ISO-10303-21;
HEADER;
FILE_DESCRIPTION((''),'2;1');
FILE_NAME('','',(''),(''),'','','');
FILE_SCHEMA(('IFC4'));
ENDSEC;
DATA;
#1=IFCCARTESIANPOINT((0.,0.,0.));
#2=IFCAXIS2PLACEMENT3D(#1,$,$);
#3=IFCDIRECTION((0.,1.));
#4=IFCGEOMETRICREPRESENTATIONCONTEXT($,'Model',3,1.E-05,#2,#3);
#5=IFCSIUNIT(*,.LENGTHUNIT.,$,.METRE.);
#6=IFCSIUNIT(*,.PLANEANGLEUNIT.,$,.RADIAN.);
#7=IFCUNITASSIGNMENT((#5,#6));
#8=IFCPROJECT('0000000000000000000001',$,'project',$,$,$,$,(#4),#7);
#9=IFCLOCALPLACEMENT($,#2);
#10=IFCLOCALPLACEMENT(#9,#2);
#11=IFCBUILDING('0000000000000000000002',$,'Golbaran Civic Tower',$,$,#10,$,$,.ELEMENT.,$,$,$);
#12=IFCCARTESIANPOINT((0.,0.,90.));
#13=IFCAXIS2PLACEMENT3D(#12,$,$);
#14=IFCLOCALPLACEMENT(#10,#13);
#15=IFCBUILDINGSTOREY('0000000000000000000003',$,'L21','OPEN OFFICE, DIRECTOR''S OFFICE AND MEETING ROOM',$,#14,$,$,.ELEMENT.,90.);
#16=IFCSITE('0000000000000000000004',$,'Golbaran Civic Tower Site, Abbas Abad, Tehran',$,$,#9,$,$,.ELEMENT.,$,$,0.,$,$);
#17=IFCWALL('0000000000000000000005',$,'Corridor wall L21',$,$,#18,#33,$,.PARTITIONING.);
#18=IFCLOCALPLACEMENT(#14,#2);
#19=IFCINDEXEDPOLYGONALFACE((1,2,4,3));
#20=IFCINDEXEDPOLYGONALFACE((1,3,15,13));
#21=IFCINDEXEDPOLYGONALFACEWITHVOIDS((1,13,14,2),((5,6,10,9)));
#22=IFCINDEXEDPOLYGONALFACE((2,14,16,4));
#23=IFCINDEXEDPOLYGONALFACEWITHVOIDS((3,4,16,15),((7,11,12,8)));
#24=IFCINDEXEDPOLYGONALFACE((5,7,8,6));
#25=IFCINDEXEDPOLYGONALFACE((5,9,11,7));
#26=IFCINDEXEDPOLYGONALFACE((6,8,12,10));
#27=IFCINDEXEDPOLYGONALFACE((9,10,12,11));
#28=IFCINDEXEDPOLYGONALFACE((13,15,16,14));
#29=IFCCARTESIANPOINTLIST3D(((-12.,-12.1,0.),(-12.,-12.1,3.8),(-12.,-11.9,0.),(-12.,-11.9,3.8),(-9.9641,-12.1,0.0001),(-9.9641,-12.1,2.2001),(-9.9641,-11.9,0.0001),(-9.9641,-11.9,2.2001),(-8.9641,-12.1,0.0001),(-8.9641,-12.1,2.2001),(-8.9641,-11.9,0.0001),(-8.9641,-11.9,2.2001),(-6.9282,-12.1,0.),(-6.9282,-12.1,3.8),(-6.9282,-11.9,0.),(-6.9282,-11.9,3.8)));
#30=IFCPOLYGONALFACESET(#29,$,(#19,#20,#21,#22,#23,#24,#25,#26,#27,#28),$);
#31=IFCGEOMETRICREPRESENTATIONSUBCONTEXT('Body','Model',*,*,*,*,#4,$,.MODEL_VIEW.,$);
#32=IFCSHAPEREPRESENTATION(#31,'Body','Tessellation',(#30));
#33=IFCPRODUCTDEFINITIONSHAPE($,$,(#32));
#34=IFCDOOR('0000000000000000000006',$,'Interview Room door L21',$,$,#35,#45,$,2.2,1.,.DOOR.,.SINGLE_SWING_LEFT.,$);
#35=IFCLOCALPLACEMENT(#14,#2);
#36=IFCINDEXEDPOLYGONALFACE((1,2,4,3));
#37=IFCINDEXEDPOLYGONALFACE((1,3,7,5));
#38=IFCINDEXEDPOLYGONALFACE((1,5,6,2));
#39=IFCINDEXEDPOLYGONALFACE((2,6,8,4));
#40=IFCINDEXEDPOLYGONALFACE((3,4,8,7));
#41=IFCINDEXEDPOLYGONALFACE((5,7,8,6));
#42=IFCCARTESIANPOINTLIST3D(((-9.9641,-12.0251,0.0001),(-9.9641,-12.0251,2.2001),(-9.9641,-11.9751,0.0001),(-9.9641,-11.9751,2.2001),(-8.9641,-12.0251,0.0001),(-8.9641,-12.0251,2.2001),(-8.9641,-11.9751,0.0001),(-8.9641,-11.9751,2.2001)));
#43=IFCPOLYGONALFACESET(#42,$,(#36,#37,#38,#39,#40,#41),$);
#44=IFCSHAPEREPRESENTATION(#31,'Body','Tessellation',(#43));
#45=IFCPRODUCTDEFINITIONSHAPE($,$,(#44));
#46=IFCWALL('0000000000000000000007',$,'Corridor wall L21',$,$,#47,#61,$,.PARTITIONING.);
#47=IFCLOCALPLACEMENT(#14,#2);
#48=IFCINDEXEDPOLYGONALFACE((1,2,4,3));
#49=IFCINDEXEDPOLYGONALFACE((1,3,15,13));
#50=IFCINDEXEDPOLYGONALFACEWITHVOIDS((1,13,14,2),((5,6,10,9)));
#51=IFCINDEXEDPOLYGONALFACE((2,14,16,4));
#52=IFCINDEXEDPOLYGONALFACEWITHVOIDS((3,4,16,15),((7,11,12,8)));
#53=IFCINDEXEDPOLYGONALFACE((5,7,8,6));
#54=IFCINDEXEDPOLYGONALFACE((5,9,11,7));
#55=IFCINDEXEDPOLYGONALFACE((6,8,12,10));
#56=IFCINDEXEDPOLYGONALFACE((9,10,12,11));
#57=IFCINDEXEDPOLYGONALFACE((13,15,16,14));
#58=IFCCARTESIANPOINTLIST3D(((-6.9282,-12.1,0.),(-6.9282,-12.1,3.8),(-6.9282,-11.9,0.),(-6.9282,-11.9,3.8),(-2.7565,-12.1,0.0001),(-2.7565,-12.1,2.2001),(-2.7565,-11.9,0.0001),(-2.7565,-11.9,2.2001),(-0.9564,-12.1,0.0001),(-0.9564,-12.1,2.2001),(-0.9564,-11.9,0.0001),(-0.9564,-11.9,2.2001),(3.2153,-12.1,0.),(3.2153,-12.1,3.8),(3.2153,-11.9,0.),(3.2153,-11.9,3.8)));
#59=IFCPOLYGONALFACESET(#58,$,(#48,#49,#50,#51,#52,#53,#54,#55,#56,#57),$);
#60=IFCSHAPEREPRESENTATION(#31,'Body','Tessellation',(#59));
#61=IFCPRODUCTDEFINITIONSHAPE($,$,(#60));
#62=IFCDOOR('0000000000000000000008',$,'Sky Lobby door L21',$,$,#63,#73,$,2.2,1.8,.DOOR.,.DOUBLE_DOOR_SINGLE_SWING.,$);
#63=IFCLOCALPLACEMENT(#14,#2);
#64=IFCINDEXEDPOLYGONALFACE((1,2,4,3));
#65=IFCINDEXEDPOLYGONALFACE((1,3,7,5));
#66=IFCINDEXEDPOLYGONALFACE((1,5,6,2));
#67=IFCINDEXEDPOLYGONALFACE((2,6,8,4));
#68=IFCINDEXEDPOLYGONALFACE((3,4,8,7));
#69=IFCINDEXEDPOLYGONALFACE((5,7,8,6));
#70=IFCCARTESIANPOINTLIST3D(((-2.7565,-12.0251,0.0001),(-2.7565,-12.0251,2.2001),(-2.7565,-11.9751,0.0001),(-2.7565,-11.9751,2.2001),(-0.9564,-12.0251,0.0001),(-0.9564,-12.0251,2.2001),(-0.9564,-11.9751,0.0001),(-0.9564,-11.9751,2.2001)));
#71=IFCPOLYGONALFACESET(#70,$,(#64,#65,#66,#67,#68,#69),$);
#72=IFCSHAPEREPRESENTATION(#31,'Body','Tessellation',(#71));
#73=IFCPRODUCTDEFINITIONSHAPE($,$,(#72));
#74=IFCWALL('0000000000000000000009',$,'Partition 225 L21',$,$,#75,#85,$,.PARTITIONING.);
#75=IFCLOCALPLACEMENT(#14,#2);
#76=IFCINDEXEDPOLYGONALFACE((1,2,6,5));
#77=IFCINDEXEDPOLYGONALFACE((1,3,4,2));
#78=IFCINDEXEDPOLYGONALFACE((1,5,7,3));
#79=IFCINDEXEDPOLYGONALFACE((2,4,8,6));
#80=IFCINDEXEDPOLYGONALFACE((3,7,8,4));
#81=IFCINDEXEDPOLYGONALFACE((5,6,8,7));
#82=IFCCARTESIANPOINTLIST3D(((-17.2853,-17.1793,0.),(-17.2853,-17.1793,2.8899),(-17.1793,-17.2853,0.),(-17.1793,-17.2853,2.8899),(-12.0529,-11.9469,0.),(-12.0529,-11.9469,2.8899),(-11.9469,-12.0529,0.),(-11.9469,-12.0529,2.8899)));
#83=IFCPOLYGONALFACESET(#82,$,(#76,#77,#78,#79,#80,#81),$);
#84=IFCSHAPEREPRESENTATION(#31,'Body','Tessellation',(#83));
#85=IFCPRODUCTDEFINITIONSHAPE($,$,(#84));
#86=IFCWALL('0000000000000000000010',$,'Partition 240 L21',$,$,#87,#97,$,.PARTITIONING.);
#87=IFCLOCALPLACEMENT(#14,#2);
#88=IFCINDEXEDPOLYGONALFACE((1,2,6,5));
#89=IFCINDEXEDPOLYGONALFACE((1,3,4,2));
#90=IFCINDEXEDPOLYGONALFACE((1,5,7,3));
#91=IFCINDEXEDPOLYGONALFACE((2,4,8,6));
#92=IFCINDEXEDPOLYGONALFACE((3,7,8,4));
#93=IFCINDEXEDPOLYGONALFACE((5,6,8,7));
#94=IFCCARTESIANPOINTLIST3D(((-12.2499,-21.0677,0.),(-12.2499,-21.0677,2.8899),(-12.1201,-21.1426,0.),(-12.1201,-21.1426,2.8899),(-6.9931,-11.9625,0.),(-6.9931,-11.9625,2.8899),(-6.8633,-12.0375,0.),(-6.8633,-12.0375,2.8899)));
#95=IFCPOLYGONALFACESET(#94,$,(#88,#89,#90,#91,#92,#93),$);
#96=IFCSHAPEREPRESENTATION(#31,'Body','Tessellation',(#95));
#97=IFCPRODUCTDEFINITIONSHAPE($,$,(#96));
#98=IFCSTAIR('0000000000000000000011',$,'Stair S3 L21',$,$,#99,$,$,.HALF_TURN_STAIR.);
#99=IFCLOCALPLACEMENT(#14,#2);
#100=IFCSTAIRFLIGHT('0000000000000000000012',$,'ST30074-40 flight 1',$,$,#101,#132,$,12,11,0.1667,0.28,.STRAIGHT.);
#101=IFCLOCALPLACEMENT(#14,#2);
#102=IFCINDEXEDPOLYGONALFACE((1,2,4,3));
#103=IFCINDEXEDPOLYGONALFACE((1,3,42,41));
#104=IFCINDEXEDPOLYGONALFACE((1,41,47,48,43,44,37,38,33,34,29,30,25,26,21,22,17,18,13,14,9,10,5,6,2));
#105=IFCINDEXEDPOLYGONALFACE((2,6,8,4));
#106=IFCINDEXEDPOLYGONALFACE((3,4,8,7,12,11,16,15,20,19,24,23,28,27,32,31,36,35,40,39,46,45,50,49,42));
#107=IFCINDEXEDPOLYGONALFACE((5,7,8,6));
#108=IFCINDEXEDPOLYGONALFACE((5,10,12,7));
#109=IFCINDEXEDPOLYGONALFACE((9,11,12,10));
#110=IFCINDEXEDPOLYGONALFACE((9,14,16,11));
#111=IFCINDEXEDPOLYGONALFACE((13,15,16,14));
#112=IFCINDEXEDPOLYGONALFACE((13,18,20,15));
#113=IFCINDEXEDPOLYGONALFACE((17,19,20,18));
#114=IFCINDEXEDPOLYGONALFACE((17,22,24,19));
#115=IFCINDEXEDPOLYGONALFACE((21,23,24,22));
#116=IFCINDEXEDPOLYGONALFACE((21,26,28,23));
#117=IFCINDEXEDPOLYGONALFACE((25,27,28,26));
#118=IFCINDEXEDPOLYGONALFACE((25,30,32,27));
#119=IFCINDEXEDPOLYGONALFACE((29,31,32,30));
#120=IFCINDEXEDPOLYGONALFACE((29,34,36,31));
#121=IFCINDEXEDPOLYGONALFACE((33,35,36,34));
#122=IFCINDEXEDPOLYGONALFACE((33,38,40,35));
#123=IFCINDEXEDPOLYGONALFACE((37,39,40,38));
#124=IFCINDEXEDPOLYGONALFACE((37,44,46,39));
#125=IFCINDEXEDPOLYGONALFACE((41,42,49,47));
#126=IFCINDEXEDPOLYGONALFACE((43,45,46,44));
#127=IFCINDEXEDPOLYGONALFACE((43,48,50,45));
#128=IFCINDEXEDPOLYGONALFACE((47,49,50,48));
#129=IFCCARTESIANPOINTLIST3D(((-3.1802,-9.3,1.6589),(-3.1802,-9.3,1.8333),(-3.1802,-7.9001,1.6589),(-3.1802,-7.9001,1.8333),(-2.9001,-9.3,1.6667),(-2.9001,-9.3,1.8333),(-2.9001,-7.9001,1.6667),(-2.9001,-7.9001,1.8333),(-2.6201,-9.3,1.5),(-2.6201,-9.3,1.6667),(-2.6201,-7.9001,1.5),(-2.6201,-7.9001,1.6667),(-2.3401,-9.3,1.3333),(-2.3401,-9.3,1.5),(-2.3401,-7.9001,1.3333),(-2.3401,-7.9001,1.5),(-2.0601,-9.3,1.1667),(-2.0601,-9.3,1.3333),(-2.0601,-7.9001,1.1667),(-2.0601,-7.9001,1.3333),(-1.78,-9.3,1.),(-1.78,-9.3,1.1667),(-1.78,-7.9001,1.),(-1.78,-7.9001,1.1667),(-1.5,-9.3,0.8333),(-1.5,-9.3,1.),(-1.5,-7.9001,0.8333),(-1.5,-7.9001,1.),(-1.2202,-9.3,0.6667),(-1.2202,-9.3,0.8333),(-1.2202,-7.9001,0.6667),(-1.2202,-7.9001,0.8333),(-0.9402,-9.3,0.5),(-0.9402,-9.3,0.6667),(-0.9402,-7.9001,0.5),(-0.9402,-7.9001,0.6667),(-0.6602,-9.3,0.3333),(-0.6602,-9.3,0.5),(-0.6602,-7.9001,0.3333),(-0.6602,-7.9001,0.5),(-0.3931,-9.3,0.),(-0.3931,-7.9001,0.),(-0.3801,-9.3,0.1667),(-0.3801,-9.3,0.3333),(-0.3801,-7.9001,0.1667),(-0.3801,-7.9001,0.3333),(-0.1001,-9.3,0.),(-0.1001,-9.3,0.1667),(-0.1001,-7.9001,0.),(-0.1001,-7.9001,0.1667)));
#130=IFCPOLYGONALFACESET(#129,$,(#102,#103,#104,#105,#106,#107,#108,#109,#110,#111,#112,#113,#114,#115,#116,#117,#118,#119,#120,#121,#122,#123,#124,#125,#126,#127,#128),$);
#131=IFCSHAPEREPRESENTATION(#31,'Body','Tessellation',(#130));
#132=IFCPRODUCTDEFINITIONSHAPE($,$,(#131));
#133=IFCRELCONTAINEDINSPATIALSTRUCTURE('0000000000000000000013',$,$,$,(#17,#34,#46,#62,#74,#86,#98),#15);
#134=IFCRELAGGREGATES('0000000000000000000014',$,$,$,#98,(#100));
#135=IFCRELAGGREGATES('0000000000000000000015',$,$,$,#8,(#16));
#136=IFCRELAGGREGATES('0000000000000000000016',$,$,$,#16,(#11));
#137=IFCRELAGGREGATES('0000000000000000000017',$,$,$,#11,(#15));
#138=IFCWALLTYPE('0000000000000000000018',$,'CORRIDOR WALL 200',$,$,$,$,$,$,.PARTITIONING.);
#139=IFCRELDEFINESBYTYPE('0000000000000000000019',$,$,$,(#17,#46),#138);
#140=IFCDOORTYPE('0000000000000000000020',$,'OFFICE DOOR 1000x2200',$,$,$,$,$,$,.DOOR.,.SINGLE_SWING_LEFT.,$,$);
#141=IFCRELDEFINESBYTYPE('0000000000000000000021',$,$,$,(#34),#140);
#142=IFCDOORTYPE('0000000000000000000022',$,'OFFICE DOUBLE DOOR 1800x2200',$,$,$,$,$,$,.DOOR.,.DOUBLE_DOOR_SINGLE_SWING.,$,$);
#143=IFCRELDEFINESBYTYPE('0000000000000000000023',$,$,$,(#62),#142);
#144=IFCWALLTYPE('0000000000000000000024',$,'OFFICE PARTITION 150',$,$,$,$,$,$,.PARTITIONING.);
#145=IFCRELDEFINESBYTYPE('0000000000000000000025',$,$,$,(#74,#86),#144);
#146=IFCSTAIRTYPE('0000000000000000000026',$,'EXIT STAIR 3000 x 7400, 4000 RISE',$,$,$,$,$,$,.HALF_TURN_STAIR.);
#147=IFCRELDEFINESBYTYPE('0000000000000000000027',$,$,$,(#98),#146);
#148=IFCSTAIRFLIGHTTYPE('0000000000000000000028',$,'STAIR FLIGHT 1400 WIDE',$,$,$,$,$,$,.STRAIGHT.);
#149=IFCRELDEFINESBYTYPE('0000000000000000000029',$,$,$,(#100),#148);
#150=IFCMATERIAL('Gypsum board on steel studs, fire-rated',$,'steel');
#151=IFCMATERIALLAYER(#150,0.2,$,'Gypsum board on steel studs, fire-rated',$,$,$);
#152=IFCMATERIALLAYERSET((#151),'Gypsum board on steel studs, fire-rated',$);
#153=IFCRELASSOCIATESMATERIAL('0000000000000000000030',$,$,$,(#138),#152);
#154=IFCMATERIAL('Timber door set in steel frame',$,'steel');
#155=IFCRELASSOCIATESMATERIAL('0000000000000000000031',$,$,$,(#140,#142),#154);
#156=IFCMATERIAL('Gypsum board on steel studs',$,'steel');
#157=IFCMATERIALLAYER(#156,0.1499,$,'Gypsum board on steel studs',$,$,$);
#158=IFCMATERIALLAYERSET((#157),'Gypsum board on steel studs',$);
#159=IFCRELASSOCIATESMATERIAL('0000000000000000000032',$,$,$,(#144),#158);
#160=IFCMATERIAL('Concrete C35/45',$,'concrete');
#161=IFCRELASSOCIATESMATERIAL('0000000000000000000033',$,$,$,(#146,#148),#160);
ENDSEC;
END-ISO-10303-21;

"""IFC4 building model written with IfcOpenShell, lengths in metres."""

from ifc_helpers import new_model, si_unit, direction, frame, frame_2d, origin, place, context, subcontext, project, spatial, polyline, rectangle, outline, extrude, material, layer, layer_set, type_object, element, fill, aggregate, save


model = new_model("IFC4")

# Units and contexts
model_context = context("Model", 3, precision=1e-05, world=origin(), true_north=direction((0.0, 1.0)))
body_context = subcontext(model_context, "Body", "Model", "MODEL_VIEW")
ifc_project = project(units=[si_unit("LENGTHUNIT", "METRE"), si_unit("PLANEANGLEUNIT", "RADIAN")], contexts=[model_context])

# Site, building, storey
site_placement = place(None, origin())
site = spatial("IfcSite", under=ifc_project, at=site_placement, Name="Golbaran Civic Tower Site, Abbas Abad, Tehran", CompositionType="ELEMENT", RefElevation=0.0)
building_placement = place(site_placement, origin())
building = spatial("IfcBuilding", under=site, at=building_placement, Name="Golbaran Civic Tower", CompositionType="ELEMENT")
storey_placement = place(building_placement, frame((0.0, 0.0, 90.0)))
storey = spatial("IfcBuildingStorey", under=building, at=storey_placement, Name="L21", Description="OPEN OFFICE, DIRECTOR'S OFFICE AND MEETING ROOM", CompositionType="ELEMENT", Elevation=90.0)

# Walls, openings, doors
ifc_material_1 = material(Name="Timber door set in steel frame", Category="steel")
ifc_material_2 = material(Name="Gypsum board on steel studs, fire-rated", Category="steel")
ifc_layer_1 = layer(ifc_material_2, 0.2, Name="Gypsum board on steel studs, fire-rated")
ifc_layer_set_1 = layer_set([ifc_layer_1], Name="Gypsum board on steel studs, fire-rated")
wall_type_1 = type_object("IfcWallType", Name="CORRIDOR WALL 200", PredefinedType="PARTITIONING", material=ifc_layer_set_1)
wall_1_placement = place(storey_placement, frame((-12.0, -12.0, 0.0), z_axis=(0.0, 0.0, 1.0), x_axis=(1.0, 0.0, 0.0)))
wall_1 = element("IfcWall", 1, at=wall_1_placement, inside=storey, type_object=wall_type_1, Name="Corridor wall L21", PredefinedType="PARTITIONING", context=body_context, shape_type="SweptSolid", body=[
    extrude(rectangle(XDim=5.0718, YDim=0.2, at=frame_2d((2.5359, 0.0))), origin(), (0.0, 0.0, 1.0), 3.8),
])
opening_1_placement = place(wall_1_placement, frame((2.0359, 0.0, 0.0)))
opening_1 = element("IfcOpeningElement", 2, at=opening_1_placement, cuts=wall_1, PredefinedType="OPENING", context=body_context, shape_type="SweptSolid", body=[
    extrude(rectangle(XDim=1.0, YDim=2.2, at=frame_2d((0.5, 1.1001))), frame((0.0, 0.1099, 0.0), z_axis=(0.0, -1.0, 0.0), x_axis=(1.0, 0.0, 0.0)), (0.0, 0.0, 1.0), 0.22),
])
door_type_1 = type_object("IfcDoorType", Name="OFFICE DOOR 1000x2200", OperationType="SINGLE_SWING_LEFT", PredefinedType="DOOR", material=ifc_material_1)
door_1_placement = place(opening_1_placement, origin())
door_1 = element("IfcDoor", 3, at=door_1_placement, inside=storey, type_object=door_type_1, Name="Interview Room door L21", OperationType="SINGLE_SWING_LEFT", OverallHeight=2.2, OverallWidth=1.0, PredefinedType="DOOR", context=body_context, shape_type="SweptSolid", body=[
    extrude(rectangle(XDim=1.0, YDim=2.2, at=frame_2d((0.5, 1.1001))), frame((0.0, 0.0249, 0.0), z_axis=(0.0, -1.0, 0.0), x_axis=(1.0, 0.0, 0.0)), (0.0, 0.0, 1.0), 0.05),
])
fill(opening_1, door_1)
wall_2_placement = place(storey_placement, frame((-6.9282, -12.0, 0.0), z_axis=(0.0, 0.0, 1.0), x_axis=(1.0, 0.0, 0.0)))
wall_2 = element("IfcWall", 4, at=wall_2_placement, inside=storey, type_object=wall_type_1, Name="Corridor wall L21", PredefinedType="PARTITIONING", context=body_context, shape_type="SweptSolid", body=[
    extrude(rectangle(XDim=10.1436, YDim=0.2, at=frame_2d((5.0718, 0.0))), origin(), (0.0, 0.0, 1.0), 3.8),
])
opening_2_placement = place(wall_2_placement, frame((4.1719, 0.0, 0.0)))
opening_2 = element("IfcOpeningElement", 5, at=opening_2_placement, cuts=wall_2, PredefinedType="OPENING", context=body_context, shape_type="SweptSolid", body=[
    extrude(rectangle(XDim=1.8, YDim=2.2, at=frame_2d((0.8999, 1.1001))), frame((0.0, 0.1099, 0.0), z_axis=(0.0, -1.0, 0.0), x_axis=(1.0, 0.0, 0.0)), (0.0, 0.0, 1.0), 0.22),
])
door_type_2 = type_object("IfcDoorType", Name="OFFICE DOUBLE DOOR 1800x2200", OperationType="DOUBLE_DOOR_SINGLE_SWING", PredefinedType="DOOR", material=ifc_material_1)
door_2_placement = place(opening_2_placement, origin())
door_2 = element("IfcDoor", 6, at=door_2_placement, inside=storey, type_object=door_type_2, Name="Sky Lobby door L21", OperationType="DOUBLE_DOOR_SINGLE_SWING", OverallHeight=2.2, OverallWidth=1.8, PredefinedType="DOOR", context=body_context, shape_type="SweptSolid", body=[
    extrude(rectangle(XDim=1.8, YDim=2.2, at=frame_2d((0.8999, 1.1001))), frame((0.0, 0.0249, 0.0), z_axis=(0.0, -1.0, 0.0), x_axis=(1.0, 0.0, 0.0)), (0.0, 0.0, 1.0), 0.05),
])
fill(opening_2, door_2)

# Walls
ifc_material_3 = material(Name="Gypsum board on steel studs", Category="steel")
ifc_layer_2 = layer(ifc_material_3, 0.1499, Name="Gypsum board on steel studs")
ifc_layer_set_2 = layer_set([ifc_layer_2], Name="Gypsum board on steel studs")
wall_type_2 = type_object("IfcWallType", Name="OFFICE PARTITION 150", PredefinedType="PARTITIONING", material=ifc_layer_set_2)
wall_3_placement = place(storey_placement, frame((-12.0, -12.0, 0.0), z_axis=(0.0, 0.0, 1.0), x_axis=(-0.707107, -0.707107, 0.0)))
element("IfcWall", 7, at=wall_3_placement, inside=storey, type_object=wall_type_2, Name="Partition 225 L21", PredefinedType="PARTITIONING", context=body_context, shape_type="SweptSolid", body=[
    extrude(rectangle(XDim=7.3997, YDim=0.1499, at=frame_2d((3.6997, 0.0))), origin(), (0.0, 0.0, 1.0), 2.8899),
])
wall_4_placement = place(storey_placement, frame((-6.9282, -12.0, 0.0), z_axis=(0.0, 0.0, 1.0), x_axis=(-0.499995, -0.866028, 0.0)))
element("IfcWall", 8, at=wall_4_placement, inside=storey, type_object=wall_type_2, Name="Partition 240 L21", PredefinedType="PARTITIONING", context=body_context, shape_type="SweptSolid", body=[
    extrude(rectangle(XDim=10.5137, YDim=0.1499, at=frame_2d((5.2568, 0.0))), origin(), (0.0, 0.0, 1.0), 2.8899),
])

# Stair, stair flight
ifc_material_4 = material(Name="Concrete C35/45", Category="concrete")
stair_type = type_object("IfcStairType", Name="EXIT STAIR 3000 x 7400, 4000 RISE", PredefinedType="HALF_TURN_STAIR", material=ifc_material_4)
stair_placement = place(storey_placement, origin())
stair = element("IfcStair", 9, at=stair_placement, inside=storey, type_object=stair_type, Name="Stair S3 L21", PredefinedType="HALF_TURN_STAIR")
stair_flight_type = type_object("IfcStairFlightType", Name="STAIR FLIGHT 1400 WIDE", PredefinedType="STRAIGHT", material=ifc_material_4)
stair_flight_placement = place(storey_placement, frame((-0.1001, -8.6001, 0.0), z_axis=(0.0, 0.0, 1.0), x_axis=(-1.0, 0.0, 0.0)))
stair_flight = element("IfcStairFlight", 10, at=stair_flight_placement, type_object=stair_flight_type, Name="ST30074-40 flight 1", NumberOfRisers=12, NumberOfTreads=11, PredefinedType="STRAIGHT", RiserHeight=0.1667, TreadLength=0.28, context=body_context, shape_type="SweptSolid", body=[
    extrude(outline(polyline([(0.0, 0.0), (0.0, 0.1667), (0.28, 0.1667), (0.28, 0.3333), (0.5601, 0.3333), (0.5601, 0.5), (0.8401, 0.5), (0.8401, 0.6667), (1.1201, 0.6667), (1.1201, 0.8333), (1.3999, 0.8333), (1.3999, 1.0), (1.6799, 1.0), (1.6799, 1.1667), (1.96, 1.1667), (1.96, 1.3333), (2.24, 1.3333), (2.24, 1.5), (2.52, 1.5), (2.52, 1.6667), (2.8, 1.6667), (2.8, 1.8333), (3.0801, 1.8333), (3.0801, 2.0), (3.0801, 1.6589), (0.293, 0.0), (0.0, 0.0)])), frame((0.0, 0.7, 0.0), z_axis=(0.0, -1.0, 0.0), x_axis=(1.0, 0.0, 0.0)), (0.0, 0.0, 1.0), 1.3999),
])
aggregate(stair, [stair_flight])

save(model, "model.ifc")
